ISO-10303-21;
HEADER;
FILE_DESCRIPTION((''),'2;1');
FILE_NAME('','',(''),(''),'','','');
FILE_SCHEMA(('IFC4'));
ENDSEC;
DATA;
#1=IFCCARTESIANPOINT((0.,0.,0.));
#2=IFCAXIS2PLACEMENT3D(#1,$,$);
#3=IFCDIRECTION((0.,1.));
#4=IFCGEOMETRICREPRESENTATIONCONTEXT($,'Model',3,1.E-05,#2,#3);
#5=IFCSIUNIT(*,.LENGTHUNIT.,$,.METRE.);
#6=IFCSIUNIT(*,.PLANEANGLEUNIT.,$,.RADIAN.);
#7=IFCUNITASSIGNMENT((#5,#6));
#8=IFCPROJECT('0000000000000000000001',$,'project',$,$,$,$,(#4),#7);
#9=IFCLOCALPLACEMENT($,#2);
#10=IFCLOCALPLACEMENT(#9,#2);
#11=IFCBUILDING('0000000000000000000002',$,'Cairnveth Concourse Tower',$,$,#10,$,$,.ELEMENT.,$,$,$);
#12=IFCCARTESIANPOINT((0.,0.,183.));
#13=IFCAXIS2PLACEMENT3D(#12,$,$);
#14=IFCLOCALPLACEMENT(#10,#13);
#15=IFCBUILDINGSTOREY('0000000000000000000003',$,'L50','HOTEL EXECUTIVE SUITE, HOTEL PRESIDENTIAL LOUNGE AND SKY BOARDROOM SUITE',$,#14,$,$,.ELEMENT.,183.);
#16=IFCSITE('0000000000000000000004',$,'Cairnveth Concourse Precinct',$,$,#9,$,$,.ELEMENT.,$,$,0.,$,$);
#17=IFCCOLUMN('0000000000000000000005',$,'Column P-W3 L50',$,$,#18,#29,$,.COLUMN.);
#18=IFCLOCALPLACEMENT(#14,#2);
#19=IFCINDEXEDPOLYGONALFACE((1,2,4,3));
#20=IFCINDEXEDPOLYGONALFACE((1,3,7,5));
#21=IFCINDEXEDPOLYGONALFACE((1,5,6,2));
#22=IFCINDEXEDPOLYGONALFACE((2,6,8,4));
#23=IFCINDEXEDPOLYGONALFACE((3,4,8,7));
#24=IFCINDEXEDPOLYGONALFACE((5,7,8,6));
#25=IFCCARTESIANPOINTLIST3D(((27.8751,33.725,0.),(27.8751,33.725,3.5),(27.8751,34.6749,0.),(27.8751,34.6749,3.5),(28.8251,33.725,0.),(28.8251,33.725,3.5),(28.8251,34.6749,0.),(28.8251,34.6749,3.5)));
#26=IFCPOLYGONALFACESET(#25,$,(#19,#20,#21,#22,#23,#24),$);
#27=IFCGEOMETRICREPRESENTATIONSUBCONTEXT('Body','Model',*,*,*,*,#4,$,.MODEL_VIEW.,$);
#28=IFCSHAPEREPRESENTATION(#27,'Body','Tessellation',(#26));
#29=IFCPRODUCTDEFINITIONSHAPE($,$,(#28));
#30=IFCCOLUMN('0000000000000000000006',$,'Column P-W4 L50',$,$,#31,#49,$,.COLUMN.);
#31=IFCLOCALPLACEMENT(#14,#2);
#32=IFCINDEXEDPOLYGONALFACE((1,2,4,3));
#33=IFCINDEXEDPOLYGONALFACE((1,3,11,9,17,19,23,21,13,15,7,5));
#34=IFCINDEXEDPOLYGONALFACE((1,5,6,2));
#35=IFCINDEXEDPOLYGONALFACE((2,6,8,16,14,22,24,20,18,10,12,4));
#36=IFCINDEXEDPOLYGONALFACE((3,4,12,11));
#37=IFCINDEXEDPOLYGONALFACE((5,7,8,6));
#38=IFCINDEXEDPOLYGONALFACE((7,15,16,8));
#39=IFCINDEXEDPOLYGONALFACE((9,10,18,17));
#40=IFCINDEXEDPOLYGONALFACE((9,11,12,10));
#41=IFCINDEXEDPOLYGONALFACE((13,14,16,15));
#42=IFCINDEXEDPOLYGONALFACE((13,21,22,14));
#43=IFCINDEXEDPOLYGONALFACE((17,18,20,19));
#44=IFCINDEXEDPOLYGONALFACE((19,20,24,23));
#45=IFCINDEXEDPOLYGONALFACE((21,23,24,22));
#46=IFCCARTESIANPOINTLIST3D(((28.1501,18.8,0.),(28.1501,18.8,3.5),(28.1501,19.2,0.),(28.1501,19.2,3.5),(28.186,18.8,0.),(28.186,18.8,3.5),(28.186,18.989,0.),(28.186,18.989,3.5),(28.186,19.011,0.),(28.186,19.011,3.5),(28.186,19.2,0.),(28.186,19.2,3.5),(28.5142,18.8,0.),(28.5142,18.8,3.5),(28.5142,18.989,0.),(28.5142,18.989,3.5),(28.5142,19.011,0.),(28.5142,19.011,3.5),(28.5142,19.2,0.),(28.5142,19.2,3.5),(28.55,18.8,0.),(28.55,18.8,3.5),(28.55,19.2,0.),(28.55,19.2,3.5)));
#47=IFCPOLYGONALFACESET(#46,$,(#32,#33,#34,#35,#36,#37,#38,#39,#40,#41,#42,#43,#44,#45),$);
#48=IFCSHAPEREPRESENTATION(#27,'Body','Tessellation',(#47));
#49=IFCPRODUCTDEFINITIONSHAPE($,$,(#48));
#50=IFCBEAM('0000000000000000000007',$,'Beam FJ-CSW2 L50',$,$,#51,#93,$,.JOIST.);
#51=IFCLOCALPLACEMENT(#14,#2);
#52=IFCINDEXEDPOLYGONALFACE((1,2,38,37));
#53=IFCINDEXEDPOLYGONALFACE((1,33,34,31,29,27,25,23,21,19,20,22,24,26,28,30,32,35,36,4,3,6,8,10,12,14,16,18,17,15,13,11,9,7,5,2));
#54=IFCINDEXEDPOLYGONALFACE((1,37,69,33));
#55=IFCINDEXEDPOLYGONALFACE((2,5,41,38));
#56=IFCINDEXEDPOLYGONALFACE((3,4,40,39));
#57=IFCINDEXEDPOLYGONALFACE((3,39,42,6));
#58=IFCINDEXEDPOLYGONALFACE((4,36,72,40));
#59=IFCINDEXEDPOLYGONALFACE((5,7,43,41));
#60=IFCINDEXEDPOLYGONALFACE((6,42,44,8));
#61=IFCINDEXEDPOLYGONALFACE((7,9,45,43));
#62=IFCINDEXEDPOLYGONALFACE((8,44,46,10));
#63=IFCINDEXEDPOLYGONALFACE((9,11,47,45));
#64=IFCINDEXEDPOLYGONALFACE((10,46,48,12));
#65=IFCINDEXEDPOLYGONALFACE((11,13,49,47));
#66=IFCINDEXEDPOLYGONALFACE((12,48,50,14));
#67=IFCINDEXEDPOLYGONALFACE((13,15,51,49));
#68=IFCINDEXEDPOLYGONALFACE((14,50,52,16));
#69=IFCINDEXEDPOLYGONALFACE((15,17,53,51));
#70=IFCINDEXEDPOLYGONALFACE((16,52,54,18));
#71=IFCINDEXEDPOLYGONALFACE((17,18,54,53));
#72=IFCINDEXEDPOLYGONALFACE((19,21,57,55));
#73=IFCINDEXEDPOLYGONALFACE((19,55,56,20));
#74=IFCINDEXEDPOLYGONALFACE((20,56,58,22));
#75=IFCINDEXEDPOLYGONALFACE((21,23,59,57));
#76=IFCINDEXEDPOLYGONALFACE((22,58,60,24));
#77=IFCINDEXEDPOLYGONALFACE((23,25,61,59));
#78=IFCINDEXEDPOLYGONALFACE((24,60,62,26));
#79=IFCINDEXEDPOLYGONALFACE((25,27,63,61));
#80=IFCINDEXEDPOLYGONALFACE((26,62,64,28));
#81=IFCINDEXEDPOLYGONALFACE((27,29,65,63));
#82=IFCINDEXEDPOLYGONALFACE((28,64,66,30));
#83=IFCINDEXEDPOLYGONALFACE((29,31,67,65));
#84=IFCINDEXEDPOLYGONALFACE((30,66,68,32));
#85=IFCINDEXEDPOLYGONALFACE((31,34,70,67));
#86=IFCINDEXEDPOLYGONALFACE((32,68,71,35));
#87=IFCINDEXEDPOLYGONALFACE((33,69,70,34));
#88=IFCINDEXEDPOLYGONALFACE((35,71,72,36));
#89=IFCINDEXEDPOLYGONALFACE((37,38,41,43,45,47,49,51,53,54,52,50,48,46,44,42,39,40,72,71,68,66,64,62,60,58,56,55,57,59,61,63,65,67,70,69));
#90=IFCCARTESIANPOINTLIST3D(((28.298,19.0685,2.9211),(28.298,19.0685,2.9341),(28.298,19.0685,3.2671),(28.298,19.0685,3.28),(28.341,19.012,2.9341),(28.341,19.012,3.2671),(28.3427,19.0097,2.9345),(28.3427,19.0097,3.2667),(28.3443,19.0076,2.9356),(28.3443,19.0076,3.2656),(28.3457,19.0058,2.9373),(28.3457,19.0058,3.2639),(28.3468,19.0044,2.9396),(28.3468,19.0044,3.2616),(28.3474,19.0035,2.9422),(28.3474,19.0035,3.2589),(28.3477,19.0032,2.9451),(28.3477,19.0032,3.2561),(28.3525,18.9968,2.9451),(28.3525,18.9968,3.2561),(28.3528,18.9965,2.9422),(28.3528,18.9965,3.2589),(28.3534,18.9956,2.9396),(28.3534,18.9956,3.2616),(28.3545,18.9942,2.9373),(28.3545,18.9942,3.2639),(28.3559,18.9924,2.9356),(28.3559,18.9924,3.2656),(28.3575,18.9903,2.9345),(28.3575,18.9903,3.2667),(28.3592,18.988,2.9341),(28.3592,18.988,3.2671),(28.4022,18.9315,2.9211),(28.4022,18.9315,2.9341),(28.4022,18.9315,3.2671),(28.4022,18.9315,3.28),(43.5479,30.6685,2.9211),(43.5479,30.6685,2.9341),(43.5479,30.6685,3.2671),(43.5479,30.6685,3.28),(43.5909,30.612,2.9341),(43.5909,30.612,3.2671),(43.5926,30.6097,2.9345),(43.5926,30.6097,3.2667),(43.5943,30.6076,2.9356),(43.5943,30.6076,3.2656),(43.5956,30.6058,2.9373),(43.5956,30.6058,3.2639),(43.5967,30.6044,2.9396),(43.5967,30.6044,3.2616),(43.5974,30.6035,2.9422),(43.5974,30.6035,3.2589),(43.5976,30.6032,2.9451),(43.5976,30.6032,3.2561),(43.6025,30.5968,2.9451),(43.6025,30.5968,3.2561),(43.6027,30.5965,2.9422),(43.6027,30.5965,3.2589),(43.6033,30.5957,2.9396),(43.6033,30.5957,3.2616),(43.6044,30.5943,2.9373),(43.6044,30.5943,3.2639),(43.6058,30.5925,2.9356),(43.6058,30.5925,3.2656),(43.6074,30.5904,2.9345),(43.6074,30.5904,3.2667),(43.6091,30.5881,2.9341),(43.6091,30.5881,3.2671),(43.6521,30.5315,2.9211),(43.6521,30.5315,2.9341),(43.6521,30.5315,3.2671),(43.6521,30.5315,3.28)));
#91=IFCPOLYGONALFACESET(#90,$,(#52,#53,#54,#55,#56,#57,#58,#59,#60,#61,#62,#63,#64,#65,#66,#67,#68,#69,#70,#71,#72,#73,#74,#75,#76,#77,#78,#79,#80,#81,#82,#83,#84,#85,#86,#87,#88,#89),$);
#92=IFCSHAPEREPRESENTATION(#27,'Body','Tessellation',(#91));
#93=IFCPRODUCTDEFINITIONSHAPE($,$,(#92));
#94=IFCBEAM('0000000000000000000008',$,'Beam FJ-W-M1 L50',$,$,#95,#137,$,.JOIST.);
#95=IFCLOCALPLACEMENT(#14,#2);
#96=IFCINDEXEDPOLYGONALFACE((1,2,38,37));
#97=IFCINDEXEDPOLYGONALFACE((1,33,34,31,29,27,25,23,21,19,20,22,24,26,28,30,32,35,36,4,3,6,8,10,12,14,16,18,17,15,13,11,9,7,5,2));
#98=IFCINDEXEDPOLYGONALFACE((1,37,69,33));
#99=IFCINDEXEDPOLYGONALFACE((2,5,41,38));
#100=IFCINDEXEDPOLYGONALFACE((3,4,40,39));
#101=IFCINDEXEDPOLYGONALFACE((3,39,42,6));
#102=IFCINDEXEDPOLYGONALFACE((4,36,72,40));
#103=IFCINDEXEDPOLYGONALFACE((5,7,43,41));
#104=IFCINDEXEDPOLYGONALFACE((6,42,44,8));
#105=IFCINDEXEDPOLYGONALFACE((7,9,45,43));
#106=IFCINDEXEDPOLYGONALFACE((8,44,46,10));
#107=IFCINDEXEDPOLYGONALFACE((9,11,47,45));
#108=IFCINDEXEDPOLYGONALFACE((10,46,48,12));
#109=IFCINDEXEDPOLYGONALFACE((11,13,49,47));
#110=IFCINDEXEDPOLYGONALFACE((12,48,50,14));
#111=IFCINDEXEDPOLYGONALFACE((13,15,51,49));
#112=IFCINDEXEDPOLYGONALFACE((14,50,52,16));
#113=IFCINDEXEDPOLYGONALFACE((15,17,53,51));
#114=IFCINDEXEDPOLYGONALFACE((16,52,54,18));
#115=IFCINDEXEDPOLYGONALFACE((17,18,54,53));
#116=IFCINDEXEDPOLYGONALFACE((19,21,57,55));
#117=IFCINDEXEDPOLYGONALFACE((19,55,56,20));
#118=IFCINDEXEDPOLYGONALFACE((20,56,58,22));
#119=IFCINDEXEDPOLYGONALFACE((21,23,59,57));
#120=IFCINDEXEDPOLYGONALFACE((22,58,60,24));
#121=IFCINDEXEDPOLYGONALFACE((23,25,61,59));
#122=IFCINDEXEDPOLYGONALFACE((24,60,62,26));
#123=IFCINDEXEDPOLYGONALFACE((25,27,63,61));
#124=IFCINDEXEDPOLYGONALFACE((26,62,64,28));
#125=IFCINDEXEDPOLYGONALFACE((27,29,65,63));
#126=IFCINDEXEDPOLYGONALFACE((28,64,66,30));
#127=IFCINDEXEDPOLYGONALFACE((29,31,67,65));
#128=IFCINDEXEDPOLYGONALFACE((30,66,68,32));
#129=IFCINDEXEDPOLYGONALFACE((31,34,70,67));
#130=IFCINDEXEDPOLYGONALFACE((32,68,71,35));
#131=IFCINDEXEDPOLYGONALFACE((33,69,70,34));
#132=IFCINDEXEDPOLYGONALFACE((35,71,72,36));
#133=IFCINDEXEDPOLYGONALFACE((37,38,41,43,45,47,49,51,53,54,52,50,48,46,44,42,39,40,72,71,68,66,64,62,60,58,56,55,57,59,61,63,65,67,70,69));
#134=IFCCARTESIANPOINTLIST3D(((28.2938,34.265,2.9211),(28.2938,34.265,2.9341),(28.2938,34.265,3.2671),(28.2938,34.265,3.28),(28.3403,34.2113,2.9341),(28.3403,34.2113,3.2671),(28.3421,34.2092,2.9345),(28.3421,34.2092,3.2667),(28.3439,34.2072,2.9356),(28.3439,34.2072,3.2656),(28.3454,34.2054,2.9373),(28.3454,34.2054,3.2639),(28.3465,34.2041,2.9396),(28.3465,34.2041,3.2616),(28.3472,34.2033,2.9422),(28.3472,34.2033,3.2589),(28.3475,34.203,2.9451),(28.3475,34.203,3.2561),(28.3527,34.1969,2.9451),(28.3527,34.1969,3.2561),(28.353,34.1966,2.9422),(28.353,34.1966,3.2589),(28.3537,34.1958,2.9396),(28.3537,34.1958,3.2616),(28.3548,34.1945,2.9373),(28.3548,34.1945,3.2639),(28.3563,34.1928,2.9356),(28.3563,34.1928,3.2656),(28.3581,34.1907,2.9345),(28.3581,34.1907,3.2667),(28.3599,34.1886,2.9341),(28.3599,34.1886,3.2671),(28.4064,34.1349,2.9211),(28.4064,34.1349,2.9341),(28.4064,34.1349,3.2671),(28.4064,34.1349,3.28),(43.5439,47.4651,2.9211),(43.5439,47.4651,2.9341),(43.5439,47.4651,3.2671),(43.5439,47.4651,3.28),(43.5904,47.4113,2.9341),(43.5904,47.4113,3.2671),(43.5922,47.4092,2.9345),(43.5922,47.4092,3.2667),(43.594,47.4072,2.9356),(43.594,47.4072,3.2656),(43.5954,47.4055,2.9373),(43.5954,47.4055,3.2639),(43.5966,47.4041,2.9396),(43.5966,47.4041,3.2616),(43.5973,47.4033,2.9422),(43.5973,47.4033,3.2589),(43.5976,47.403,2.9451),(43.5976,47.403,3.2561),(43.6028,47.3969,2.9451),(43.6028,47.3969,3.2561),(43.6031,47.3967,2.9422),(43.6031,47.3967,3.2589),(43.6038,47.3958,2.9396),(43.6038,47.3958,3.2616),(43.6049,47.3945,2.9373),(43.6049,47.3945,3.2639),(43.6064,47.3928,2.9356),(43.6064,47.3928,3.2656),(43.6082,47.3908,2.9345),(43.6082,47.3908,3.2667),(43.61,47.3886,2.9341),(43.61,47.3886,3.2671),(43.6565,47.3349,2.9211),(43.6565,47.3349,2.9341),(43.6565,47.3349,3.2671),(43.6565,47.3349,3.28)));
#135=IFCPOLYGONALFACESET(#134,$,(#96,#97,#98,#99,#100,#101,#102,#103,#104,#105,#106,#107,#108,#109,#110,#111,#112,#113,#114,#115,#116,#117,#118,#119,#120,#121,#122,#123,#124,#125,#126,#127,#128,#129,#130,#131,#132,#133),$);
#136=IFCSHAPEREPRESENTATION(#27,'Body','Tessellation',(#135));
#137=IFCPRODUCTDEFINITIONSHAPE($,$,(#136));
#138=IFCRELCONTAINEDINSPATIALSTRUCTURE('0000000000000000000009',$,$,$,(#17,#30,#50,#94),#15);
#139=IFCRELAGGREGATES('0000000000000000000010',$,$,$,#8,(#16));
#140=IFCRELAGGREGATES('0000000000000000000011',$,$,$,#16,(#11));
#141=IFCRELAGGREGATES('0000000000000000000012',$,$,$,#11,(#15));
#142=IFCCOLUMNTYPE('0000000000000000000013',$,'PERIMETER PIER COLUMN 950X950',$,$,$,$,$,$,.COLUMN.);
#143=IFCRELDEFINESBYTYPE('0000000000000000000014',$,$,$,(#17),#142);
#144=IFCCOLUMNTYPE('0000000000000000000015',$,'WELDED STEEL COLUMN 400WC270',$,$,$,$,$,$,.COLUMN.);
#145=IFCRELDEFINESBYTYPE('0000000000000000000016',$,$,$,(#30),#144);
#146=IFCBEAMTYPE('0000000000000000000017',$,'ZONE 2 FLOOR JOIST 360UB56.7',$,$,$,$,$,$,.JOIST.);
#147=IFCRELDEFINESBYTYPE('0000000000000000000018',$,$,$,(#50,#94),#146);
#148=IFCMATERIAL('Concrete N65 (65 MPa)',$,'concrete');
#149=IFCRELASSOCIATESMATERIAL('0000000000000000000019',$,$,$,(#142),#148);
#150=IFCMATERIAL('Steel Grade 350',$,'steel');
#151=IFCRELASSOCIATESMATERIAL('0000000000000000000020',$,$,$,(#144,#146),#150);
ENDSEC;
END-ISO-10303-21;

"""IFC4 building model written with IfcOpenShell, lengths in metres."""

from ifc_helpers import new_model, si_unit, direction, frame, origin, origin_2d, place, context, subcontext, project, spatial, rectangle, i_section, extrude, material, material_profile, profile_set, type_object, element, save


model = new_model("IFC4")

# Units and contexts
model_context = context("Model", 3, precision=1e-05, world=origin(), true_north=direction((0.0, 1.0)))
body_context = subcontext(model_context, "Body", "Model", "MODEL_VIEW")
ifc_project = project(units=[si_unit("LENGTHUNIT", "METRE"), si_unit("PLANEANGLEUNIT", "RADIAN")], contexts=[model_context])

# Site, building, storey
site_placement = place(None, origin())
site = spatial("IfcSite", under=ifc_project, at=site_placement, Name="Cairnveth Concourse Precinct", CompositionType="ELEMENT", RefElevation=0.0)
building_placement = place(site_placement, origin())
building = spatial("IfcBuilding", under=site, at=building_placement, Name="Cairnveth Concourse Tower", CompositionType="ELEMENT")
storey_placement = place(building_placement, frame((0.0, 0.0, 183.0)))
storey = spatial("IfcBuildingStorey", under=building, at=storey_placement, Name="L50", Description="HOTEL EXECUTIVE SUITE, HOTEL PRESIDENTIAL LOUNGE AND SKY BOARDROOM SUITE", CompositionType="ELEMENT", Elevation=183.0)

# Columns
ifc_material_1 = material(Name="Concrete N65 (65 MPa)", Category="concrete")
ifc_material_profile_1 = material_profile(ifc_material_1, rectangle(XDim=0.95, YDim=0.95, at=origin_2d()), Name="RC-COL-950x950")
ifc_profile_set_1 = profile_set([ifc_material_profile_1], Name="Concrete N65 (65 MPa)")
column_type_1 = type_object("IfcColumnType", Name="PERIMETER PIER COLUMN 950X950", PredefinedType="COLUMN", material=ifc_profile_set_1)
column_1_placement = place(storey_placement, frame((28.3501, 34.2, 0.0), z_axis=(0.0, 0.0, 1.0), x_axis=(0.0, 1.0, 0.0)))
element("IfcColumn", 1, at=column_1_placement, inside=storey, type_object=column_type_1, Name="Column P-W3 L50", PredefinedType="COLUMN", context=body_context, shape_type="SweptSolid", body=[
    extrude(rectangle(XDim=0.95, YDim=0.95, at=origin_2d()), origin(), (0.0, 0.0, 1.0), 3.5),
])
ifc_material_2 = material(Name="Steel Grade 350", Category="steel")
ifc_material_profile_2 = material_profile(ifc_material_2, i_section(OverallWidth=0.3999, OverallDepth=0.3999, WebThickness=0.022, FlangeThickness=0.0359, at=origin_2d()), Name="400WC270")
ifc_profile_set_2 = profile_set([ifc_material_profile_2], Name="Steel Grade 350")
column_type_2 = type_object("IfcColumnType", Name="WELDED STEEL COLUMN 400WC270", PredefinedType="COLUMN", material=ifc_profile_set_2)
column_2_placement = place(storey_placement, frame((28.3501, 19.0, 0.0), z_axis=(0.0, 0.0, 1.0), x_axis=(0.0, 1.0, 0.0)))
element("IfcColumn", 2, at=column_2_placement, inside=storey, type_object=column_type_2, Name="Column P-W4 L50", PredefinedType="COLUMN", context=body_context, shape_type="SweptSolid", body=[
    extrude(i_section(OverallWidth=0.3999, OverallDepth=0.3999, WebThickness=0.022, FlangeThickness=0.0359, at=origin_2d()), origin(), (0.0, 0.0, 1.0), 3.5),
])

# Beams
ifc_material_profile_3 = material_profile(ifc_material_2, i_section(OverallWidth=0.1721, OverallDepth=0.3589, WebThickness=0.0081, FlangeThickness=0.0129, FilletRadius=0.011, at=origin_2d()), Name="360UB56.7")
ifc_profile_set_3 = profile_set([ifc_material_profile_3], Name="Steel Grade 350")
beam_type_1 = type_object("IfcBeamType", Name="ZONE 2 FLOOR JOIST 360UB56.7", PredefinedType="JOIST", material=ifc_profile_set_3)
beam_1_placement = place(storey_placement, frame((28.3501, 19.0, 3.1006), z_axis=(0.795908, 0.605417, 0.0), x_axis=(-0.605417, 0.795908, 0.0)))
element("IfcBeam", 3, at=beam_1_placement, inside=storey, type_object=beam_type_1, Name="Beam FJ-CSW2 L50", PredefinedType="JOIST", context=body_context, shape_type="SweptSolid", body=[
    extrude(i_section(OverallWidth=0.1721, OverallDepth=0.3589, WebThickness=0.0081, FlangeThickness=0.0129, FilletRadius=0.011, at=origin_2d()), origin(), (0.0, 0.0, 1.0), 19.1604),
])
beam_2_placement = place(storey_placement, frame((28.3501, 34.2, 3.1006), z_axis=(0.756099, 0.654457, 0.0), x_axis=(-0.654457, 0.756099, 0.0)))
element("IfcBeam", 4, at=beam_2_placement, inside=storey, type_object=beam_type_1, Name="Beam FJ-W-M1 L50", PredefinedType="JOIST", context=body_context, shape_type="SweptSolid", body=[
    extrude(i_section(OverallWidth=0.1721, OverallDepth=0.3589, WebThickness=0.0081, FlangeThickness=0.0129, FilletRadius=0.011, at=origin_2d()), origin(), (0.0, 0.0, 1.0), 20.1694),
])

save(model, "model.ifc")
